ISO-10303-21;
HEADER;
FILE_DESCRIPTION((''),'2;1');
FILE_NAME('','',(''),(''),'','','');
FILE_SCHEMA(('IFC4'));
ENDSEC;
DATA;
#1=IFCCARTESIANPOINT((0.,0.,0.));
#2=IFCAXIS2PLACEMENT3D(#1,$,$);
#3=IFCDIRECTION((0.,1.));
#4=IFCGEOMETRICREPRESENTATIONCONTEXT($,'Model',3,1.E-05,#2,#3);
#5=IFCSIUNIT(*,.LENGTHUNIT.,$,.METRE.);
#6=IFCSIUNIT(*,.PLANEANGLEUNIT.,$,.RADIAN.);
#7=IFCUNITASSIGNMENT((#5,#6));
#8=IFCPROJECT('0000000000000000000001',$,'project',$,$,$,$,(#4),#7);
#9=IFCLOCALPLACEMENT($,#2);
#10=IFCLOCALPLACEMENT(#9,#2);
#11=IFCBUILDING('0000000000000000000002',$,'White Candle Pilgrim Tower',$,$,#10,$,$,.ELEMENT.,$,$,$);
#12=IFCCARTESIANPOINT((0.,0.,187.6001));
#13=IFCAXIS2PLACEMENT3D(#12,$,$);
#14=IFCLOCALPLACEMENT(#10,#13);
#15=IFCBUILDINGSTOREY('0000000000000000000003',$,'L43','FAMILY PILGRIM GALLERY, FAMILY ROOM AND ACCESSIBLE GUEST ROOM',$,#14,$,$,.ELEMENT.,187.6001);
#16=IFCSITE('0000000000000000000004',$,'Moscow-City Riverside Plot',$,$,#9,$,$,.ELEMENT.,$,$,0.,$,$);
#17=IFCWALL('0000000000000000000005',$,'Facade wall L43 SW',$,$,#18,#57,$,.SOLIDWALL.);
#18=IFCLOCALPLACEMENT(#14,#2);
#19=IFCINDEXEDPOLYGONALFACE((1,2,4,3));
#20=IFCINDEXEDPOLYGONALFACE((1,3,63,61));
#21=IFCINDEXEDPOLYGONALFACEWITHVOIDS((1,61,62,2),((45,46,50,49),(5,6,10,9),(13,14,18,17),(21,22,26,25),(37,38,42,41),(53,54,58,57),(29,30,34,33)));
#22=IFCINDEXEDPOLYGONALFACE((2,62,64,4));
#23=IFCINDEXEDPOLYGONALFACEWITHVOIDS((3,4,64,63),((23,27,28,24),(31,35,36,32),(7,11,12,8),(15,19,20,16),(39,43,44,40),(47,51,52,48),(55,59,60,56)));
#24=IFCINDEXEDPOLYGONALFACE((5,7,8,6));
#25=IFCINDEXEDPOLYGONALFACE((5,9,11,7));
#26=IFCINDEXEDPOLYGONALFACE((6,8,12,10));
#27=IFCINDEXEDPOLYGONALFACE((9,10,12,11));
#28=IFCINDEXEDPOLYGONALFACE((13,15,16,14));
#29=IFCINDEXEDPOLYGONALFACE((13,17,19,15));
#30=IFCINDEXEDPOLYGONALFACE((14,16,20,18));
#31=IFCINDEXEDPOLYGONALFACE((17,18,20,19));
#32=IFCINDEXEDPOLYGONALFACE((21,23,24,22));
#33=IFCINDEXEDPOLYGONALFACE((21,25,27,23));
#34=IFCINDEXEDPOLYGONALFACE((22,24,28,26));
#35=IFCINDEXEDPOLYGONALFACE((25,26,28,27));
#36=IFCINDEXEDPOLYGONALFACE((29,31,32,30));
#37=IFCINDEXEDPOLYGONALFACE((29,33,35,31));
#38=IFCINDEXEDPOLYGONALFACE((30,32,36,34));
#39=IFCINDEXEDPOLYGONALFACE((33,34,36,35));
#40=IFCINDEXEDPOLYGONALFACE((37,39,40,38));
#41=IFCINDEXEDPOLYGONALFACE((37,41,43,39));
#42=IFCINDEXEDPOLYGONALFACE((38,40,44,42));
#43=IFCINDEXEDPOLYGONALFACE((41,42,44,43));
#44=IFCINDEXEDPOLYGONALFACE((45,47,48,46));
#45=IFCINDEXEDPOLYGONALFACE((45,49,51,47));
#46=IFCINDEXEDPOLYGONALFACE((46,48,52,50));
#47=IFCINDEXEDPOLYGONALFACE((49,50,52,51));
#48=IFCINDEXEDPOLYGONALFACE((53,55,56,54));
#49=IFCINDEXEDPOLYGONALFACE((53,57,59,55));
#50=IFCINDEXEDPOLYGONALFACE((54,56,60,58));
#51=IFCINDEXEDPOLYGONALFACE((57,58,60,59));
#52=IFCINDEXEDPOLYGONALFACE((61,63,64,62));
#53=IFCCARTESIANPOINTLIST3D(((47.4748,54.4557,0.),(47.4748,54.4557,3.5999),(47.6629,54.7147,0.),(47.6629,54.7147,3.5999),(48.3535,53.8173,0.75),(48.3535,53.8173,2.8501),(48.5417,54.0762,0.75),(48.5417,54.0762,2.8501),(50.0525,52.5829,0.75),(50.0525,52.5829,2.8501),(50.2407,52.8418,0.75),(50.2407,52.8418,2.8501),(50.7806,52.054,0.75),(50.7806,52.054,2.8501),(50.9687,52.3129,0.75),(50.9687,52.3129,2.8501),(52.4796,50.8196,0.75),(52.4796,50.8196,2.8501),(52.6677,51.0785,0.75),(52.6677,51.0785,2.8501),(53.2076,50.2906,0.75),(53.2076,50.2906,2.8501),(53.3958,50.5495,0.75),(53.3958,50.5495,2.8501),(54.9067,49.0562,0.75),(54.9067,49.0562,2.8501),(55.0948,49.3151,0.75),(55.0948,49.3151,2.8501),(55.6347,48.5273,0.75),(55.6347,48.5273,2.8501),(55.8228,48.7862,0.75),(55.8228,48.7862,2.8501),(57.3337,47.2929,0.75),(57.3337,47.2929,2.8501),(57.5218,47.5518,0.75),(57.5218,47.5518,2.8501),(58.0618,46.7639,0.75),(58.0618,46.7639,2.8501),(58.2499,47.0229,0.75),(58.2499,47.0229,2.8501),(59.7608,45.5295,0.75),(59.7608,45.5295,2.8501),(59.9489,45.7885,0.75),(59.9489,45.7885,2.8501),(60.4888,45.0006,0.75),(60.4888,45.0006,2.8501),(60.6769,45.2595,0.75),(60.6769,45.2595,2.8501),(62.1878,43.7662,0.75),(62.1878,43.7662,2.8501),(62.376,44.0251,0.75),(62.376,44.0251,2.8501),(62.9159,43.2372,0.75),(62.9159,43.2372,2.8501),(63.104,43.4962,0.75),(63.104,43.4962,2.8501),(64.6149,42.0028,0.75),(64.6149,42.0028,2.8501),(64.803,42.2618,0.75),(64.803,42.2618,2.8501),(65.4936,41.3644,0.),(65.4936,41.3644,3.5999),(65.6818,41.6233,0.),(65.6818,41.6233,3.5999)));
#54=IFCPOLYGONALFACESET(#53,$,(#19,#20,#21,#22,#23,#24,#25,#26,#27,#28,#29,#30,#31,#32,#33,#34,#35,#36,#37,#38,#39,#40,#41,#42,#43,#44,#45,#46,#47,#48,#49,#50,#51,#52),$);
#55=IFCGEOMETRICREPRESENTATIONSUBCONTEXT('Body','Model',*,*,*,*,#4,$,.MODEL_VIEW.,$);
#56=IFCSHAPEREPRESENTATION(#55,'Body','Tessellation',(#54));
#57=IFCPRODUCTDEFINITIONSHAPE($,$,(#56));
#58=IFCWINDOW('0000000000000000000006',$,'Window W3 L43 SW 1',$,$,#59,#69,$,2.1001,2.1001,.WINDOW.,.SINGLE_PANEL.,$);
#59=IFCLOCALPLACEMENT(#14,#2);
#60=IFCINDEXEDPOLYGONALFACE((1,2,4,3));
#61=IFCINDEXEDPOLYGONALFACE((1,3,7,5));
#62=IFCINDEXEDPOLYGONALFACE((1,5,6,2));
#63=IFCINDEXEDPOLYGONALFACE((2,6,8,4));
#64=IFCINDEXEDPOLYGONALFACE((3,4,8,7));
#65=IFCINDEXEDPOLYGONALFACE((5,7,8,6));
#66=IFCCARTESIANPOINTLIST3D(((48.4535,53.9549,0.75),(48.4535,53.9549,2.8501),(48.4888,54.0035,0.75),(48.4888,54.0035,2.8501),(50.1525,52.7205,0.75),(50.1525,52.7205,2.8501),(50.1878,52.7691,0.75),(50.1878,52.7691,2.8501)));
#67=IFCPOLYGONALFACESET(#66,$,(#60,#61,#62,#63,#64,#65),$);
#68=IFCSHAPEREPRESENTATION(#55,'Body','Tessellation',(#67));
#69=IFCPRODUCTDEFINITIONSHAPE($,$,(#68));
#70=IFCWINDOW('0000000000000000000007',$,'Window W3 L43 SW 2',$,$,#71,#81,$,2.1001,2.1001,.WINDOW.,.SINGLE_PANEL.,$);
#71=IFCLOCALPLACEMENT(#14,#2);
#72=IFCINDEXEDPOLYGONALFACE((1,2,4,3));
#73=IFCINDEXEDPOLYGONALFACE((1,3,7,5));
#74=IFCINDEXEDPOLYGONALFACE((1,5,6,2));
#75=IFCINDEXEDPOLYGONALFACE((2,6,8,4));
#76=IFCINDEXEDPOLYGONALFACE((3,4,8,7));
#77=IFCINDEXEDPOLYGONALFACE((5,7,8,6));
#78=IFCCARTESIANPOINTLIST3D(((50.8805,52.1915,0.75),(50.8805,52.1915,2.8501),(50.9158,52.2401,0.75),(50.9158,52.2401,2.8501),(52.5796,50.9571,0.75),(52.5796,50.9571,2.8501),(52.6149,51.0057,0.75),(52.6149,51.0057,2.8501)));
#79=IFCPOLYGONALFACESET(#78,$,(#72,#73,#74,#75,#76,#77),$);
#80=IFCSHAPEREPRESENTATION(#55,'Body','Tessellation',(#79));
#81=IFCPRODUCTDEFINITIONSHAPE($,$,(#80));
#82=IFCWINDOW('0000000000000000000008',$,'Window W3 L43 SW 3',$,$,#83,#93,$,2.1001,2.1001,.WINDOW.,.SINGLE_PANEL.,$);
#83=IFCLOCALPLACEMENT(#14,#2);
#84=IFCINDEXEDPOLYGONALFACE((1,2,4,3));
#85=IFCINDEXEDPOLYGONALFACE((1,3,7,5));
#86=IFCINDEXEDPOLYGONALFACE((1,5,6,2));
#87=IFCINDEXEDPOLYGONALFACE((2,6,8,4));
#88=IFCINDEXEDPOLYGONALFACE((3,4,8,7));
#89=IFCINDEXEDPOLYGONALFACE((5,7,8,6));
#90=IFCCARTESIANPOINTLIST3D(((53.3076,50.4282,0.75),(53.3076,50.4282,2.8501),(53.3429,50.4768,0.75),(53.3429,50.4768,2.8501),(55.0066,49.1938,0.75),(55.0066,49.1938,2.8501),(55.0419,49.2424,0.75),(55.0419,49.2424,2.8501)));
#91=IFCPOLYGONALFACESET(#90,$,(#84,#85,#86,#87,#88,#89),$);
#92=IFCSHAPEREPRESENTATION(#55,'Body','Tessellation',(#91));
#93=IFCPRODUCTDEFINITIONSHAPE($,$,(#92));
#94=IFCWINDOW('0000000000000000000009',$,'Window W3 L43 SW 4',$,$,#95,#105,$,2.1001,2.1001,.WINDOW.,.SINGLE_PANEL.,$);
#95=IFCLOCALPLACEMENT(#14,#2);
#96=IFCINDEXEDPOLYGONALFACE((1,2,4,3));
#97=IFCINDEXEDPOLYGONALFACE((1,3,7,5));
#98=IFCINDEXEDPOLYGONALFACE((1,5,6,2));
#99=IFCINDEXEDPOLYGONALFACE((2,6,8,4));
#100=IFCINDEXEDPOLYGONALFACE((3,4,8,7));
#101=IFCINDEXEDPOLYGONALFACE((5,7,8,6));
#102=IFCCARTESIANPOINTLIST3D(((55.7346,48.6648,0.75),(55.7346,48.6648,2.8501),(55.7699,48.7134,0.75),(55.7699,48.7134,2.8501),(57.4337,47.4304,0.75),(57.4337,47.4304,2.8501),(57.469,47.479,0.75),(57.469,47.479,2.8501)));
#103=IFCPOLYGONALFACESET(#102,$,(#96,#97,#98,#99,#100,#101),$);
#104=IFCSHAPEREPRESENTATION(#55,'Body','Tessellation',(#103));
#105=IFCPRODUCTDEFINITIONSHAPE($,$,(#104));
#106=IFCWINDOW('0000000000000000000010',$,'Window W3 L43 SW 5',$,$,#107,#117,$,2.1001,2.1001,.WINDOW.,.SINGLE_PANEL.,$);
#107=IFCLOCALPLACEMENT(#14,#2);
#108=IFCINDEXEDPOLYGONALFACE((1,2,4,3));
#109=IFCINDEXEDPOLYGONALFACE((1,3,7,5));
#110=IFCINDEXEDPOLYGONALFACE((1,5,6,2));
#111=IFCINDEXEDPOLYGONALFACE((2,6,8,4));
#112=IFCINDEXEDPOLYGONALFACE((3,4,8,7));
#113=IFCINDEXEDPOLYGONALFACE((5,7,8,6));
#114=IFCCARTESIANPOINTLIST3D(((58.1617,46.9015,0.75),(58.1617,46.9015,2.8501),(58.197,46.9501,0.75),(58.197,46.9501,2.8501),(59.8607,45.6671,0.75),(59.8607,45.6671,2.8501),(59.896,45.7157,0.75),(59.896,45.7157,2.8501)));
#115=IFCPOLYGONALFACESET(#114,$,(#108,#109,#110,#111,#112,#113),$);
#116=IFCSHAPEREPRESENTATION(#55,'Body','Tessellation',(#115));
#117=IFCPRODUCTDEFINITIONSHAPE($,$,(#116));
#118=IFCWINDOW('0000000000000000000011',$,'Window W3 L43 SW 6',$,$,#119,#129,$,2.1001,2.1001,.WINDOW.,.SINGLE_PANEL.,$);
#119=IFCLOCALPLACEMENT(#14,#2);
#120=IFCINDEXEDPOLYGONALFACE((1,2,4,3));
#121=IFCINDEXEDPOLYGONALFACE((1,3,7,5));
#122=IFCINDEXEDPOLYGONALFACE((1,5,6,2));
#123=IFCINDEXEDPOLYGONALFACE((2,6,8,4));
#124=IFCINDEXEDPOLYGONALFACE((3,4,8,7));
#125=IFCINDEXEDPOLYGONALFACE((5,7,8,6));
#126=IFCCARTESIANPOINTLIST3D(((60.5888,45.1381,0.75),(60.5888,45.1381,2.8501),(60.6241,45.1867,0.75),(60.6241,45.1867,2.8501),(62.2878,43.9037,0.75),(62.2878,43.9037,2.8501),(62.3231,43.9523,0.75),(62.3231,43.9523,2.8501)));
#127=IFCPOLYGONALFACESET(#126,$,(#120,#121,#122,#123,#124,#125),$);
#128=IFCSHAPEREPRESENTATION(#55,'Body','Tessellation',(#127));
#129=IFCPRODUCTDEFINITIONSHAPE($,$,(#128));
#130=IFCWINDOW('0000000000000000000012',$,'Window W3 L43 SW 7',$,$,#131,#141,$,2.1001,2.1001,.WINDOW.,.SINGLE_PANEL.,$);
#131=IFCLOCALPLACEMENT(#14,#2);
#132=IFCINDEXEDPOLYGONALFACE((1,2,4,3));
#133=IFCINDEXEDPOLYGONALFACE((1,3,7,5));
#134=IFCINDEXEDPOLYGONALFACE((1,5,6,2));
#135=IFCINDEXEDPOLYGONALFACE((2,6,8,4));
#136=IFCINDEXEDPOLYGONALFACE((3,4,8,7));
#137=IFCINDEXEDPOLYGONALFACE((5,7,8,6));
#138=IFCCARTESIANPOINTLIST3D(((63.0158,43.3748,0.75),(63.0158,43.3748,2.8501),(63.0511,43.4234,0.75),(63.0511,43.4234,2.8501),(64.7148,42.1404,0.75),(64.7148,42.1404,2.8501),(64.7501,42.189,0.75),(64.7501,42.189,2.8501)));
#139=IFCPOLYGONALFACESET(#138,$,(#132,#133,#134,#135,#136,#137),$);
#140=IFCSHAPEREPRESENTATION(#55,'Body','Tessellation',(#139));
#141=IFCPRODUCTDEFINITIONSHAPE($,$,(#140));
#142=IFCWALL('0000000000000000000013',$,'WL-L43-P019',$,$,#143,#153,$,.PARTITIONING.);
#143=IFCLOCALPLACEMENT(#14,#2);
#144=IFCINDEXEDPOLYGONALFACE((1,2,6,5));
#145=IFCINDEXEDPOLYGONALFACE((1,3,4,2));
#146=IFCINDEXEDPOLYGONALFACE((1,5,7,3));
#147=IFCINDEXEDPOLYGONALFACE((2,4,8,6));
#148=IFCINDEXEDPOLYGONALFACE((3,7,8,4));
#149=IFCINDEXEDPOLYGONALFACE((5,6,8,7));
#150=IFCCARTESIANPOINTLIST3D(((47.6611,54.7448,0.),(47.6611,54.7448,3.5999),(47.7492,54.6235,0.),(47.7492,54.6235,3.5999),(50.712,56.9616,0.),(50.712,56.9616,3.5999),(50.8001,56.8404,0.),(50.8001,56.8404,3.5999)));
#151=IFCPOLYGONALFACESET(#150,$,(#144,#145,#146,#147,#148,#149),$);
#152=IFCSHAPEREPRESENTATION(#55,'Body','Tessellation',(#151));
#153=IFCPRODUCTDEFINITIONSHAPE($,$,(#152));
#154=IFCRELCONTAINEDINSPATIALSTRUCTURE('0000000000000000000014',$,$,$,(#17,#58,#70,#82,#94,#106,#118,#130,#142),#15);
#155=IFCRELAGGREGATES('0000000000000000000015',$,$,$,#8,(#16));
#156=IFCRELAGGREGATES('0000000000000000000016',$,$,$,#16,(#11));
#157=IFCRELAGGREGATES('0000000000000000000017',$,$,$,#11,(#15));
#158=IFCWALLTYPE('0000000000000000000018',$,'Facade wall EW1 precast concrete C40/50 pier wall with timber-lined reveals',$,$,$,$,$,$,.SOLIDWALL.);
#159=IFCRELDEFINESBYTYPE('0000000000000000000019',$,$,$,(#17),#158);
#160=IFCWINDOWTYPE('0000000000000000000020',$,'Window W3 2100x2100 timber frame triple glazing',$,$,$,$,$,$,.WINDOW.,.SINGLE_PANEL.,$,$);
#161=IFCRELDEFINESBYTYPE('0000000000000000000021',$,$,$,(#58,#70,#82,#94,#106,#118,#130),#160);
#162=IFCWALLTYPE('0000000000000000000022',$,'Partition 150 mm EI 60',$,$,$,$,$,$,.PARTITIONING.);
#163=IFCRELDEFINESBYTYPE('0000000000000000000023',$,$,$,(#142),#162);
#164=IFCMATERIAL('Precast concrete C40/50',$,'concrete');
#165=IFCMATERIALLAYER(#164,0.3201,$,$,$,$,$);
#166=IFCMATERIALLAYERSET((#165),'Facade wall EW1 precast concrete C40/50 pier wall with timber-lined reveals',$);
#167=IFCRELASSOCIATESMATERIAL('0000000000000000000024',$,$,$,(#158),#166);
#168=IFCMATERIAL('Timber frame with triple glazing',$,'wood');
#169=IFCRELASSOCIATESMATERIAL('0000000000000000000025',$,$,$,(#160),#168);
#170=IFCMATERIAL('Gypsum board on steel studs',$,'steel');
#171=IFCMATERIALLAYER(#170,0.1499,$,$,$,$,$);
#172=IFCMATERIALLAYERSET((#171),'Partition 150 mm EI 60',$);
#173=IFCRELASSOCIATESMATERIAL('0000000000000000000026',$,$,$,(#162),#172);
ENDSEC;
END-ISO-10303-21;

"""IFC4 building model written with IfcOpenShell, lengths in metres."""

from ifc_helpers import new_model, si_unit, direction, frame, frame_2d, origin, place, context, subcontext, project, spatial, rectangle, extrude, material, layer, layer_set, type_object, element, fill, save


model = new_model("IFC4")

# Units and contexts
model_context = context("Model", 3, precision=1e-05, world=origin(), true_north=direction((0.0, 1.0)))
body_context = subcontext(model_context, "Body", "Model", "MODEL_VIEW")
ifc_project = project(units=[si_unit("LENGTHUNIT", "METRE"), si_unit("PLANEANGLEUNIT", "RADIAN")], contexts=[model_context])

# Site, building, storey
site_placement = place(None, origin())
site = spatial("IfcSite", under=ifc_project, at=site_placement, Name="Moscow-City Riverside Plot", CompositionType="ELEMENT", RefElevation=0.0)
building_placement = place(site_placement, origin())
building = spatial("IfcBuilding", under=site, at=building_placement, Name="White Candle Pilgrim Tower", CompositionType="ELEMENT")
storey_placement = place(building_placement, frame((0.0, 0.0, 187.6001)))
storey = spatial("IfcBuildingStorey", under=building, at=storey_placement, Name="L43", Description="FAMILY PILGRIM GALLERY, FAMILY ROOM AND ACCESSIBLE GUEST ROOM", CompositionType="ELEMENT", Elevation=187.6001)

# Wall, openings, windows
ifc_material_1 = material(Name="Precast concrete C40/50", Category="concrete")
ifc_layer_1 = layer(ifc_material_1, 0.3201)
ifc_layer_set_1 = layer_set([ifc_layer_1], Name="Facade wall EW1 precast concrete C40/50 pier wall with timber-lined reveals")
wall_type_1 = type_object("IfcWallType", Name="Facade wall EW1 precast concrete C40/50 pier wall with timber-lined reveals", PredefinedType="SOLIDWALL", material=ifc_layer_set_1)
wall_1_placement = place(storey_placement, frame((47.5688, 54.5852, 0.0), z_axis=(0.0, 0.0, 1.0), x_axis=(0.809019, -0.587782, 0.0)))
wall_1 = element("IfcWall", 1, at=wall_1_placement, inside=storey, type_object=wall_type_1, Name="Facade wall L43 SW", PredefinedType="SOLIDWALL", context=body_context, shape_type="SweptSolid", body=[
    extrude(rectangle(XDim=22.2725, YDim=0.3201, at=frame_2d((11.1362, 0.0))), origin(), (0.0, 0.0, 1.0), 3.5999),
])
opening_1_placement = place(wall_1_placement, frame((1.0862, 0.0, 0.75)))
opening_1 = element("IfcOpeningElement", 2, at=opening_1_placement, cuts=wall_1, PredefinedType="OPENING", context=body_context, shape_type="SweptSolid", body=[
    extrude(rectangle(XDim=2.1001, YDim=2.1001, at=frame_2d((1.05, 1.05))), frame((0.0, 0.1699, 0.0), z_axis=(0.0, -1.0, 0.0), x_axis=(1.0, 0.0, 0.0)), (0.0, 0.0, 1.0), 0.3401),
])
opening_2_placement = place(wall_1_placement, frame((4.0862, 0.0, 0.75)))
opening_2 = element("IfcOpeningElement", 3, at=opening_2_placement, cuts=wall_1, PredefinedType="OPENING", context=body_context, shape_type="SweptSolid", body=[
    extrude(rectangle(XDim=2.1001, YDim=2.1001, at=frame_2d((1.05, 1.05))), frame((0.0, 0.1699, 0.0), z_axis=(0.0, -1.0, 0.0), x_axis=(1.0, 0.0, 0.0)), (0.0, 0.0, 1.0), 0.3401),
])
opening_3_placement = place(wall_1_placement, frame((7.0862, 0.0, 0.75)))
opening_3 = element("IfcOpeningElement", 4, at=opening_3_placement, cuts=wall_1, PredefinedType="OPENING", context=body_context, shape_type="SweptSolid", body=[
    extrude(rectangle(XDim=2.1001, YDim=2.1001, at=frame_2d((1.05, 1.05))), frame((0.0, 0.1699, 0.0), z_axis=(0.0, -1.0, 0.0), x_axis=(1.0, 0.0, 0.0)), (0.0, 0.0, 1.0), 0.3401),
])
opening_4_placement = place(wall_1_placement, frame((10.0862, 0.0, 0.75)))
opening_4 = element("IfcOpeningElement", 5, at=opening_4_placement, cuts=wall_1, PredefinedType="OPENING", context=body_context, shape_type="SweptSolid", body=[
    extrude(rectangle(XDim=2.1001, YDim=2.1001, at=frame_2d((1.05, 1.05))), frame((0.0, 0.1699, 0.0), z_axis=(0.0, -1.0, 0.0), x_axis=(1.0, 0.0, 0.0)), (0.0, 0.0, 1.0), 0.3401),
])
opening_5_placement = place(wall_1_placement, frame((13.0862, 0.0, 0.75)))
opening_5 = element("IfcOpeningElement", 6, at=opening_5_placement, cuts=wall_1, PredefinedType="OPENING", context=body_context, shape_type="SweptSolid", body=[
    extrude(rectangle(XDim=2.1001, YDim=2.1001, at=frame_2d((1.05, 1.05))), frame((0.0, 0.1699, 0.0), z_axis=(0.0, -1.0, 0.0), x_axis=(1.0, 0.0, 0.0)), (0.0, 0.0, 1.0), 0.3401),
])
opening_6_placement = place(wall_1_placement, frame((16.0862, 0.0, 0.75)))
opening_6 = element("IfcOpeningElement", 7, at=opening_6_placement, cuts=wall_1, PredefinedType="OPENING", context=body_context, shape_type="SweptSolid", body=[
    extrude(rectangle(XDim=2.1001, YDim=2.1001, at=frame_2d((1.05, 1.05))), frame((0.0, 0.1699, 0.0), z_axis=(0.0, -1.0, 0.0), x_axis=(1.0, 0.0, 0.0)), (0.0, 0.0, 1.0), 0.3401),
])
opening_7_placement = place(wall_1_placement, frame((19.0862, 0.0, 0.75)))
opening_7 = element("IfcOpeningElement", 8, at=opening_7_placement, cuts=wall_1, PredefinedType="OPENING", context=body_context, shape_type="SweptSolid", body=[
    extrude(rectangle(XDim=2.1001, YDim=2.1001, at=frame_2d((1.05, 1.05))), frame((0.0, 0.1699, 0.0), z_axis=(0.0, -1.0, 0.0), x_axis=(1.0, 0.0, 0.0)), (0.0, 0.0, 1.0), 0.3401),
])
ifc_material_2 = material(Name="Timber frame with triple glazing", Category="wood")
window_type = type_object("IfcWindowType", Name="Window W3 2100x2100 timber frame triple glazing", PartitioningType="SINGLE_PANEL", PredefinedType="WINDOW", material=ifc_material_2)
window_1_placement = place(opening_1_placement, origin())
window_1 = element("IfcWindow", 9, at=window_1_placement, inside=storey, type_object=window_type, Name="Window W3 L43 SW 1", OverallHeight=2.1001, OverallWidth=2.1001, PartitioningType="SINGLE_PANEL", PredefinedType="WINDOW", context=body_context, shape_type="SweptSolid", body=[
    extrude(rectangle(XDim=2.1001, YDim=2.1001, at=frame_2d((1.05, 1.05))), frame((0.0, 0.0701, 0.0), z_axis=(0.0, -1.0, 0.0), x_axis=(1.0, 0.0, 0.0)), (0.0, 0.0, 1.0), 0.0601),
])
fill(opening_1, window_1)
window_2_placement = place(opening_2_placement, origin())
window_2 = element("IfcWindow", 10, at=window_2_placement, inside=storey, type_object=window_type, Name="Window W3 L43 SW 2", OverallHeight=2.1001, OverallWidth=2.1001, PartitioningType="SINGLE_PANEL", PredefinedType="WINDOW", context=body_context, shape_type="SweptSolid", body=[
    extrude(rectangle(XDim=2.1001, YDim=2.1001, at=frame_2d((1.05, 1.05))), frame((0.0, 0.0701, 0.0), z_axis=(0.0, -1.0, 0.0), x_axis=(1.0, 0.0, 0.0)), (0.0, 0.0, 1.0), 0.0601),
])
fill(opening_2, window_2)
window_3_placement = place(opening_3_placement, origin())
window_3 = element("IfcWindow", 11, at=window_3_placement, inside=storey, type_object=window_type, Name="Window W3 L43 SW 3", OverallHeight=2.1001, OverallWidth=2.1001, PartitioningType="SINGLE_PANEL", PredefinedType="WINDOW", context=body_context, shape_type="SweptSolid", body=[
    extrude(rectangle(XDim=2.1001, YDim=2.1001, at=frame_2d((1.05, 1.05))), frame((0.0, 0.0701, 0.0), z_axis=(0.0, -1.0, 0.0), x_axis=(1.0, 0.0, 0.0)), (0.0, 0.0, 1.0), 0.0601),
])
fill(opening_3, window_3)
window_4_placement = place(opening_4_placement, origin())
window_4 = element("IfcWindow", 12, at=window_4_placement, inside=storey, type_object=window_type, Name="Window W3 L43 SW 4", OverallHeight=2.1001, OverallWidth=2.1001, PartitioningType="SINGLE_PANEL", PredefinedType="WINDOW", context=body_context, shape_type="SweptSolid", body=[
    extrude(rectangle(XDim=2.1001, YDim=2.1001, at=frame_2d((1.05, 1.05))), frame((0.0, 0.0701, 0.0), z_axis=(0.0, -1.0, 0.0), x_axis=(1.0, 0.0, 0.0)), (0.0, 0.0, 1.0), 0.0601),
])
fill(opening_4, window_4)
window_5_placement = place(opening_5_placement, origin())
window_5 = element("IfcWindow", 13, at=window_5_placement, inside=storey, type_object=window_type, Name="Window W3 L43 SW 5", OverallHeight=2.1001, OverallWidth=2.1001, PartitioningType="SINGLE_PANEL", PredefinedType="WINDOW", context=body_context, shape_type="SweptSolid", body=[
    extrude(rectangle(XDim=2.1001, YDim=2.1001, at=frame_2d((1.05, 1.05))), frame((0.0, 0.0701, 0.0), z_axis=(0.0, -1.0, 0.0), x_axis=(1.0, 0.0, 0.0)), (0.0, 0.0, 1.0), 0.0601),
])
fill(opening_5, window_5)
window_6_placement = place(opening_6_placement, origin())
window_6 = element("IfcWindow", 14, at=window_6_placement, inside=storey, type_object=window_type, Name="Window W3 L43 SW 6", OverallHeight=2.1001, OverallWidth=2.1001, PartitioningType="SINGLE_PANEL", PredefinedType="WINDOW", context=body_context, shape_type="SweptSolid", body=[
    extrude(rectangle(XDim=2.1001, YDim=2.1001, at=frame_2d((1.05, 1.05))), frame((0.0, 0.0701, 0.0), z_axis=(0.0, -1.0, 0.0), x_axis=(1.0, 0.0, 0.0)), (0.0, 0.0, 1.0), 0.0601),
])
fill(opening_6, window_6)
window_7_placement = place(opening_7_placement, origin())
window_7 = element("IfcWindow", 15, at=window_7_placement, inside=storey, type_object=window_type, Name="Window W3 L43 SW 7", OverallHeight=2.1001, OverallWidth=2.1001, PartitioningType="SINGLE_PANEL", PredefinedType="WINDOW", context=body_context, shape_type="SweptSolid", body=[
    extrude(rectangle(XDim=2.1001, YDim=2.1001, at=frame_2d((1.05, 1.05))), frame((0.0, 0.0701, 0.0), z_axis=(0.0, -1.0, 0.0), x_axis=(1.0, 0.0, 0.0)), (0.0, 0.0, 1.0), 0.0601),
])
fill(opening_7, window_7)

# Wall
ifc_material_3 = material(Name="Gypsum board on steel studs", Category="steel")
ifc_layer_2 = layer(ifc_material_3, 0.1499)
ifc_layer_set_2 = layer_set([ifc_layer_2], Name="Partition 150 mm EI 60")
wall_type_2 = type_object("IfcWallType", Name="Partition 150 mm EI 60", PredefinedType="PARTITIONING", material=ifc_layer_set_2)
wall_2_placement = place(storey_placement, frame((47.7051, 54.6841, 0.0), z_axis=(0.0, 0.0, 1.0), x_axis=(0.808982, 0.587833, 0.0)))
element("IfcWall", 16, at=wall_2_placement, inside=storey, type_object=wall_type_2, Name="WL-L43-P019", PredefinedType="PARTITIONING", context=body_context, shape_type="SweptSolid", body=[
    extrude(rectangle(XDim=3.7712, YDim=0.1499, at=frame_2d((1.8857, 0.0))), origin(), (0.0, 0.0, 1.0), 3.5999),
])

save(model, "model.ifc")
